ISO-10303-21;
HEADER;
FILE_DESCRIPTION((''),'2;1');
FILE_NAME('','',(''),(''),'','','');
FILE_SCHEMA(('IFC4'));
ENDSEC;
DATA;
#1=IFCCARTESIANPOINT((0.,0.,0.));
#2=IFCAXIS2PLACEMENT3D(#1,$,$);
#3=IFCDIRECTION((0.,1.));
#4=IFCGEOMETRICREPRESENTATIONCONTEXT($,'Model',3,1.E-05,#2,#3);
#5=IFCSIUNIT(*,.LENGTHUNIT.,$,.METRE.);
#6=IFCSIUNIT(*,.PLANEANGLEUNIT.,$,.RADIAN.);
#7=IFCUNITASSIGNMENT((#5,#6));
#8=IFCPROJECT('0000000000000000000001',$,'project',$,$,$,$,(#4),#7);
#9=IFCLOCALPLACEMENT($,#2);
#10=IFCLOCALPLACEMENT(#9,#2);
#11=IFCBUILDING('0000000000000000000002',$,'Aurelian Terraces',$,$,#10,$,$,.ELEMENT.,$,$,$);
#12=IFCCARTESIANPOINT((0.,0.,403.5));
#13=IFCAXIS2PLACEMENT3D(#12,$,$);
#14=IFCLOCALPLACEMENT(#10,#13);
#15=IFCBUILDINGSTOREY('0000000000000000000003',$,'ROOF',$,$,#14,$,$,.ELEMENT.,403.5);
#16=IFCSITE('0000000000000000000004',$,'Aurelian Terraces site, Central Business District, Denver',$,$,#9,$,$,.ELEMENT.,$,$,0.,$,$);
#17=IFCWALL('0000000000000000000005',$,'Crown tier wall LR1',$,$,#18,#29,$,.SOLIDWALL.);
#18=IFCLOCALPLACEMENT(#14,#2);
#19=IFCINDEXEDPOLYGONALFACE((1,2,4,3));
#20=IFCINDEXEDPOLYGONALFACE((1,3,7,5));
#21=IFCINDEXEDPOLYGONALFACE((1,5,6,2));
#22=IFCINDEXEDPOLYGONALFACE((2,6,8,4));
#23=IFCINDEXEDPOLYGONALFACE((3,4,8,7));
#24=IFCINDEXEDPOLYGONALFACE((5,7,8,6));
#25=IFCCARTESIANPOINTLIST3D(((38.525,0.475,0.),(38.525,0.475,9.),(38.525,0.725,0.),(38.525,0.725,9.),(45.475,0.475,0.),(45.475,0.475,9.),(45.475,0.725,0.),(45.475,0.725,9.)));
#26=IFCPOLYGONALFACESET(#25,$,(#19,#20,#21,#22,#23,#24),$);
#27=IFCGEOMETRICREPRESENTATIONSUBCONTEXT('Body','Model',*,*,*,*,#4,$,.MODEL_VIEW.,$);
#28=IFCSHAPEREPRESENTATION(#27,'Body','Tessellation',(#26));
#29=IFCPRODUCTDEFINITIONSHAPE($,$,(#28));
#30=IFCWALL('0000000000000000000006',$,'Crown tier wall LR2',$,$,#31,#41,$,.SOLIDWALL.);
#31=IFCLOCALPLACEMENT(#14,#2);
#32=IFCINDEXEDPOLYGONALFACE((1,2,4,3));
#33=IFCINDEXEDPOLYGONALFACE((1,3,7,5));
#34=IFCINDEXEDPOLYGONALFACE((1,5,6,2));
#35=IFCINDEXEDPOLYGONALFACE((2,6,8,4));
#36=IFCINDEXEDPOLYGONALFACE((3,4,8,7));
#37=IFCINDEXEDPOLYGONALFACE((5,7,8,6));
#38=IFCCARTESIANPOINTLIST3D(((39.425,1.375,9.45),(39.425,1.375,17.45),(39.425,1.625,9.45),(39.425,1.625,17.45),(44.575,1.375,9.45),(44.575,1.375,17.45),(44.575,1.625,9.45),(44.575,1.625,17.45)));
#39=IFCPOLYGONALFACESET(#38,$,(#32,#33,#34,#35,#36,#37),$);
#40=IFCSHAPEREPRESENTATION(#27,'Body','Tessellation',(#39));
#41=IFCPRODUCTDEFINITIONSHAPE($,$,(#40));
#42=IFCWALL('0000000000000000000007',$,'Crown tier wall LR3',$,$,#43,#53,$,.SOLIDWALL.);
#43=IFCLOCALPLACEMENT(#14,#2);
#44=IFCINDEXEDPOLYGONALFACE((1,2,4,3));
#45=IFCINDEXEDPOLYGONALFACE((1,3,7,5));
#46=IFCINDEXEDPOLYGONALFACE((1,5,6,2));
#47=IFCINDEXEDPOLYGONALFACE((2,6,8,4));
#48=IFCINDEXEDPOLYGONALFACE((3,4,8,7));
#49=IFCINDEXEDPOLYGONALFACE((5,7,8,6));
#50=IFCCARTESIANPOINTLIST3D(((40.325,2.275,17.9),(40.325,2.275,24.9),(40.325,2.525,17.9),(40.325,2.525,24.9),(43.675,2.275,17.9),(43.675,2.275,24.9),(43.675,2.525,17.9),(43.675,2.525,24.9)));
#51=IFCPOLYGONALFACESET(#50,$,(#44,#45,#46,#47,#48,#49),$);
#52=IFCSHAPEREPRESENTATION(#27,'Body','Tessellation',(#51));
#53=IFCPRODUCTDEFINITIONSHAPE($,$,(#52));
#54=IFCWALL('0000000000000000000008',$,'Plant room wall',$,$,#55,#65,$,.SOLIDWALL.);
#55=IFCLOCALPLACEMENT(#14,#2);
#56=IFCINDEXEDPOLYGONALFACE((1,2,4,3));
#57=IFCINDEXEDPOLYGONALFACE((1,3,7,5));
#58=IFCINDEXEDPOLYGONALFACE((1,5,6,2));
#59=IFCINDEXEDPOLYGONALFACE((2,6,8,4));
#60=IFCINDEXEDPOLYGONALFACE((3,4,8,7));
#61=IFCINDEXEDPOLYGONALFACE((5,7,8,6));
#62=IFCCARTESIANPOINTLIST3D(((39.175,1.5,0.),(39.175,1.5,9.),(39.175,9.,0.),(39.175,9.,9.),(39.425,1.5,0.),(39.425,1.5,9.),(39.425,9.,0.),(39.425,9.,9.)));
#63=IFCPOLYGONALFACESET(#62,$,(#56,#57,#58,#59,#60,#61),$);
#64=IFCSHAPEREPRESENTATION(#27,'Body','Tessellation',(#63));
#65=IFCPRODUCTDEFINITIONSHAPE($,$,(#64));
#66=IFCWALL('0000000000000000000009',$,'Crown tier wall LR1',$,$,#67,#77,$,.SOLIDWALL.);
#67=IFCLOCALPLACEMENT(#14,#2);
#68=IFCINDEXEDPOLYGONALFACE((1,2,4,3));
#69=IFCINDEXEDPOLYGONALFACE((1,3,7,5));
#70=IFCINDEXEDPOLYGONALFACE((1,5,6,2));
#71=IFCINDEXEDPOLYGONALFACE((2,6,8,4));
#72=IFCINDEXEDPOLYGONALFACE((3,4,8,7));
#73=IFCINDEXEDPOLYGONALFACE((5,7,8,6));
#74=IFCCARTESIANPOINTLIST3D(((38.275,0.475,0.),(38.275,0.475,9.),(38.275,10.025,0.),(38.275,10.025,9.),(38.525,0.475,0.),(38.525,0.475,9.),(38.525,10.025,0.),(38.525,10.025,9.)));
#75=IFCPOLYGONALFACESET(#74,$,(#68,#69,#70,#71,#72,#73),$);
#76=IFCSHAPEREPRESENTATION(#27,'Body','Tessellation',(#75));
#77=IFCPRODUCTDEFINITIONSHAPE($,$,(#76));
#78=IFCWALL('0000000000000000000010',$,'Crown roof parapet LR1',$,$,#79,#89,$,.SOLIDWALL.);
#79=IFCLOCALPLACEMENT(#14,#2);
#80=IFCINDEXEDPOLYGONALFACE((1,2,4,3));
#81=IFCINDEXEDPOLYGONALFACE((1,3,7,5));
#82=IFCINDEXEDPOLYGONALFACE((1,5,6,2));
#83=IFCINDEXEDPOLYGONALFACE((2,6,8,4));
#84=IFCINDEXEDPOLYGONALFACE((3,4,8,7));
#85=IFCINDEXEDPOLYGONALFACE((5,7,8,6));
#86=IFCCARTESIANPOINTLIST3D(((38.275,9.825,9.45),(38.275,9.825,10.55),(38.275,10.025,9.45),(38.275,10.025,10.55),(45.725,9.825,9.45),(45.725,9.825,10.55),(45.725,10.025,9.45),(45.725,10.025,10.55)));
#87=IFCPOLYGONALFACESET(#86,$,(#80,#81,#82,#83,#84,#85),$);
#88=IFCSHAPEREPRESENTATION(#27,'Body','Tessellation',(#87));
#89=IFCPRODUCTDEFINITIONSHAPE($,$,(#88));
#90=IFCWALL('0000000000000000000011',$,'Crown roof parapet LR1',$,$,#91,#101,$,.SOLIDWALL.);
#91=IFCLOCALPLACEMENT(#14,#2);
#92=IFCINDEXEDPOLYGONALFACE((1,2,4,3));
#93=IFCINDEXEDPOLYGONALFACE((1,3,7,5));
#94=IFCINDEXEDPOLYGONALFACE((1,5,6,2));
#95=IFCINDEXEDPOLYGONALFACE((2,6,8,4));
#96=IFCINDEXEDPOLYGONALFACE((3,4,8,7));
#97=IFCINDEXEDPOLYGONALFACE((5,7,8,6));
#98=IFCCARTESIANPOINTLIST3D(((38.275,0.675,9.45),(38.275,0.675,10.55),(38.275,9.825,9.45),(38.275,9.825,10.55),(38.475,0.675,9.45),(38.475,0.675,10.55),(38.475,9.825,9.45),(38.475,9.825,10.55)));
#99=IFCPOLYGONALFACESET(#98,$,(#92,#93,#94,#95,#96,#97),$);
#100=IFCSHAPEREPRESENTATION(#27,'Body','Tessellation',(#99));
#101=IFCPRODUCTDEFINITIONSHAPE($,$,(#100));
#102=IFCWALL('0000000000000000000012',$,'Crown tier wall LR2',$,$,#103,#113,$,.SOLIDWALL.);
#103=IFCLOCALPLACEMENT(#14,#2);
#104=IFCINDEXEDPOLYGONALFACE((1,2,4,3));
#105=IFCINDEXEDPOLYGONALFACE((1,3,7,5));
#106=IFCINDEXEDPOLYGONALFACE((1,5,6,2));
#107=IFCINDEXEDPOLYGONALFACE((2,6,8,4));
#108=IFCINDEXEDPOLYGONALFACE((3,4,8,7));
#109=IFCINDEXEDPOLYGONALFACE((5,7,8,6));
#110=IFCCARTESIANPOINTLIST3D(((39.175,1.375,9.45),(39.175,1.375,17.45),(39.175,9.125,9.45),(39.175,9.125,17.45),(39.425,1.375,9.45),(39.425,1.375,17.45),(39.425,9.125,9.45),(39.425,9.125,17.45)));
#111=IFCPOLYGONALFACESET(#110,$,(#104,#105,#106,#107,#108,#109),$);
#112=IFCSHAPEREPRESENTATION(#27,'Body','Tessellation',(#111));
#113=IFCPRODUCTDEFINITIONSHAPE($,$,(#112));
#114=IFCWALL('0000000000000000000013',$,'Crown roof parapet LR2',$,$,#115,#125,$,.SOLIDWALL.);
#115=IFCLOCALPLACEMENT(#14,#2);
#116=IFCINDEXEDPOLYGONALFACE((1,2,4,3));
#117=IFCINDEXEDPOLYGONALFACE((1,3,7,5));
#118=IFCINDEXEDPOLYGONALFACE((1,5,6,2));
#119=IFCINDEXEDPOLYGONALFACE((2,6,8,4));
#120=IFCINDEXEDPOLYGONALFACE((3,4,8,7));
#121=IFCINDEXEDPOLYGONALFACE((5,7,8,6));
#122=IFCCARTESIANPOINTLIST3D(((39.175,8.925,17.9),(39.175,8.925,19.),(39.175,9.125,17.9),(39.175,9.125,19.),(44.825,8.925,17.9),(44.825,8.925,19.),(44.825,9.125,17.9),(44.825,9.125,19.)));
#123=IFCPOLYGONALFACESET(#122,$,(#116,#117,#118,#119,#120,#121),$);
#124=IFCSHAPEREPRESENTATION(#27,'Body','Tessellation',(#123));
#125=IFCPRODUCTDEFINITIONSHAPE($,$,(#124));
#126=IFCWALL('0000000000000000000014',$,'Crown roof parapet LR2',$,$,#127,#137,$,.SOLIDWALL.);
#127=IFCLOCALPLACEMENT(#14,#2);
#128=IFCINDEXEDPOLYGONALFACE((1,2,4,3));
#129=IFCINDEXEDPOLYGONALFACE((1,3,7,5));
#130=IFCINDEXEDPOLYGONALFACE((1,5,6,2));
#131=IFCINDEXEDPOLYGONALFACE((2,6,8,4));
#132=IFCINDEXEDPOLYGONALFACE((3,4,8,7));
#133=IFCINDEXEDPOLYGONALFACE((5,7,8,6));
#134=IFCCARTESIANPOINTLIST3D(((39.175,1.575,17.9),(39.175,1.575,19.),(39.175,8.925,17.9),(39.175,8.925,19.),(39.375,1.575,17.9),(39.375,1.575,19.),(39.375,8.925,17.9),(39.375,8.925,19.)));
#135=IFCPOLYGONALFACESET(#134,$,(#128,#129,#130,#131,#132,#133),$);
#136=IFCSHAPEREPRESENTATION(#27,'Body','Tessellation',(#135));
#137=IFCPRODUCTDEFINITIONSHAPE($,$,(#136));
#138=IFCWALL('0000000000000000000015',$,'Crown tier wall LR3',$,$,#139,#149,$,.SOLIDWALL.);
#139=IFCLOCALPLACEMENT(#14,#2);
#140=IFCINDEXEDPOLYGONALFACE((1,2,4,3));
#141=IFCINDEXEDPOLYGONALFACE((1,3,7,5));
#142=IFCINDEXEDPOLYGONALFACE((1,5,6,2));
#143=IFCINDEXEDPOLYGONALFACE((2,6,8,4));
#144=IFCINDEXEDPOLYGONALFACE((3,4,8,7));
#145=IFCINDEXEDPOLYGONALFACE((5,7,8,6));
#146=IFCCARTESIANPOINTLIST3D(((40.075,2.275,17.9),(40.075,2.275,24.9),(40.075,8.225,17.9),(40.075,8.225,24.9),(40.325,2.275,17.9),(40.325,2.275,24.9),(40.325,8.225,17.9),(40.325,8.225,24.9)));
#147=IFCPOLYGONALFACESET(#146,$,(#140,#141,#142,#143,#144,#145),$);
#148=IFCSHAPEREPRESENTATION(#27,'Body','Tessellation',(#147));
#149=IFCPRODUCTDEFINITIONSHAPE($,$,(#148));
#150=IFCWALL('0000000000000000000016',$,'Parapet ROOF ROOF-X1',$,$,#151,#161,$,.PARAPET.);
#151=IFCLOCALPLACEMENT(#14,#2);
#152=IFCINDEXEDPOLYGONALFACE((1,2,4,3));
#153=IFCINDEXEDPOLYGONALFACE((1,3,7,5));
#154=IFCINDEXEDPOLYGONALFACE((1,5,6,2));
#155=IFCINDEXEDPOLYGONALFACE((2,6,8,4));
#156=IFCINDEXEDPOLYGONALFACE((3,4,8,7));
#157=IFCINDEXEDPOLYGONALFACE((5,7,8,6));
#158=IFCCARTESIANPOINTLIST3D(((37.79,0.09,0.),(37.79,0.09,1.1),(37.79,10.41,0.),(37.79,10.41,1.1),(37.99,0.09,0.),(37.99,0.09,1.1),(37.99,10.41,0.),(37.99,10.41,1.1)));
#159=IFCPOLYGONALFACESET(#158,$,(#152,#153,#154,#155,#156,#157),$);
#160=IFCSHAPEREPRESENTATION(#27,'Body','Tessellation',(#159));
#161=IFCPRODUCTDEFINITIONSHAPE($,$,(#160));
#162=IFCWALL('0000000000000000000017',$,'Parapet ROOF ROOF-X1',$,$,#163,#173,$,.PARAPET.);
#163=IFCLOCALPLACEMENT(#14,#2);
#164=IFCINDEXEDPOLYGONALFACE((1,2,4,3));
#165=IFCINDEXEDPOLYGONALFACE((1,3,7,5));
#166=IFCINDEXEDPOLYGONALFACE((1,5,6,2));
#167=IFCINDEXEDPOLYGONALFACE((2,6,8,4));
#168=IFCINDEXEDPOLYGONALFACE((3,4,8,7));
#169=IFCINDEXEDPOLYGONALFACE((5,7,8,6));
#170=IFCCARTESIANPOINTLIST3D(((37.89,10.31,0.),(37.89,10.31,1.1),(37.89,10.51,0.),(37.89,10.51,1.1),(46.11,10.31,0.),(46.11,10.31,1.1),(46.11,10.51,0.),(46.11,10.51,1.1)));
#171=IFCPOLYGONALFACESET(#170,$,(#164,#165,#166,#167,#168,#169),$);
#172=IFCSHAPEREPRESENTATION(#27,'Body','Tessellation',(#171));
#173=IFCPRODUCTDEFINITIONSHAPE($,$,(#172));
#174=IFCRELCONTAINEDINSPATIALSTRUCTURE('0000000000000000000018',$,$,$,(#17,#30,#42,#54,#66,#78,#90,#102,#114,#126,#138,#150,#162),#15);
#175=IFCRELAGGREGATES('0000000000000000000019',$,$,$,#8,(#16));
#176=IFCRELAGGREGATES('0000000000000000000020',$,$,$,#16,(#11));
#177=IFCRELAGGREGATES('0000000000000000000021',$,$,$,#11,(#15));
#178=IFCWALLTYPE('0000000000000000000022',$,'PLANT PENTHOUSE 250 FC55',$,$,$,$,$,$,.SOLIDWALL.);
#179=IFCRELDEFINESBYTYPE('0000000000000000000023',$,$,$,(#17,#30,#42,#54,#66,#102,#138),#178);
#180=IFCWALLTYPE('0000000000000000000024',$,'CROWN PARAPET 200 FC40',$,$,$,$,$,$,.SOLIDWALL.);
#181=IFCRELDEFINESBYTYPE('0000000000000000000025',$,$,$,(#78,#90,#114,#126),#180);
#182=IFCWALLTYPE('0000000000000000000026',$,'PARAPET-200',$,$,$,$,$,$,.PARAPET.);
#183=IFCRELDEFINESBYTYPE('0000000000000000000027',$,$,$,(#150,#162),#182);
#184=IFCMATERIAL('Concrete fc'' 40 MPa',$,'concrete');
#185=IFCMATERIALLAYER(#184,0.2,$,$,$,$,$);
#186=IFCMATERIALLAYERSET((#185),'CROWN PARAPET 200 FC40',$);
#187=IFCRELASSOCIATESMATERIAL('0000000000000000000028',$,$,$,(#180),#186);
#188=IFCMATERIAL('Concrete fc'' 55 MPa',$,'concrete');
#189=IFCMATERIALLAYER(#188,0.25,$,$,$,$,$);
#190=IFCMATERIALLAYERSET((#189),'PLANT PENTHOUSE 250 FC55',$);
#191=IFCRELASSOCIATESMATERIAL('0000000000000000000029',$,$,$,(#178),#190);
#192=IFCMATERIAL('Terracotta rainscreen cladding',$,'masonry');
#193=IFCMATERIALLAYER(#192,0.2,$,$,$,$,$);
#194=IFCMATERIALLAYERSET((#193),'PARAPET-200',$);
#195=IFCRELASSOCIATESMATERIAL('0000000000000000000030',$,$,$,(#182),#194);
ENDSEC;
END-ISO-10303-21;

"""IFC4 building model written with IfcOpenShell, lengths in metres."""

from ifc_helpers import new_model, si_unit, direction, frame, frame_2d, origin, place, context, subcontext, project, spatial, rectangle, extrude, source, transform, mapped, material, layer, layer_set, type_object, element, save


model = new_model("IFC4")

# Units and contexts
model_context = context("Model", 3, precision=1e-05, world=origin(), true_north=direction((0.0, 1.0)))
body_context = subcontext(model_context, "Body", "Model", "MODEL_VIEW")
ifc_project = project(units=[si_unit("LENGTHUNIT", "METRE"), si_unit("PLANEANGLEUNIT", "RADIAN")], contexts=[model_context])

# Site, building, storey
site_placement = place(None, origin())
site = spatial("IfcSite", under=ifc_project, at=site_placement, Name="Aurelian Terraces site, Central Business District, Denver", CompositionType="ELEMENT", RefElevation=0.0)
building_placement = place(site_placement, origin())
building = spatial("IfcBuilding", under=site, at=building_placement, Name="Aurelian Terraces", CompositionType="ELEMENT")
storey_placement = place(building_placement, frame((0.0, 0.0, 403.5)))
storey = spatial("IfcBuildingStorey", under=building, at=storey_placement, Name="ROOF", CompositionType="ELEMENT", Elevation=403.5)

# Shared definitions
ifc_material_1 = material(Name="Concrete fc' 40 MPa", Category="concrete")

# Walls
ifc_layer_1 = layer(ifc_material_1, 0.2)
ifc_layer_set_1 = layer_set([ifc_layer_1], Name="CROWN PARAPET 200 FC40")
wall_type_1 = type_object("IfcWallType", Name="CROWN PARAPET 200 FC40", PredefinedType="SOLIDWALL", material=ifc_layer_set_1)
ifc_material_2 = material(Name="Concrete fc' 55 MPa", Category="concrete")
ifc_layer_2 = layer(ifc_material_2, 0.25)
ifc_layer_set_2 = layer_set([ifc_layer_2], Name="PLANT PENTHOUSE 250 FC55")
wall_type_2 = type_object("IfcWallType", Name="PLANT PENTHOUSE 250 FC55", PredefinedType="SOLIDWALL", material=ifc_layer_set_2)
wall_1_placement = place(storey_placement, frame((38.525, 0.6, 0.0), z_axis=(0.0, 0.0, 1.0), x_axis=(1.0, 0.0, 0.0)))
element("IfcWall", 1, at=wall_1_placement, inside=storey, type_object=wall_type_2, Name="Crown tier wall LR1", PredefinedType="SOLIDWALL", context=body_context, shape_type="SweptSolid", body=[
    extrude(rectangle(XDim=6.95, YDim=0.25, at=frame_2d((3.475, 0.0))), origin(), (0.0, 0.0, 1.0), 9.0),
])
wall_2_placement = place(storey_placement, frame((39.425, 1.5, 9.45), z_axis=(0.0, 0.0, 1.0), x_axis=(1.0, 0.0, 0.0)))
element("IfcWall", 2, at=wall_2_placement, inside=storey, type_object=wall_type_2, Name="Crown tier wall LR2", PredefinedType="SOLIDWALL", context=body_context, shape_type="SweptSolid", body=[
    extrude(rectangle(XDim=5.15, YDim=0.25, at=frame_2d((2.575, 0.0))), origin(), (0.0, 0.0, 1.0), 8.0),
])
wall_3_placement = place(storey_placement, frame((40.325, 2.4, 17.9), z_axis=(0.0, 0.0, 1.0), x_axis=(1.0, 0.0, 0.0)))
element("IfcWall", 3, at=wall_3_placement, inside=storey, type_object=wall_type_2, Name="Crown tier wall LR3", PredefinedType="SOLIDWALL", context=body_context, shape_type="SweptSolid", body=[
    extrude(rectangle(XDim=3.35, YDim=0.25, at=frame_2d((1.675, 0.0))), origin(), (0.0, 0.0, 1.0), 7.0),
])
shared_shape_1 = source(origin(), body_context, "Body", "SweptSolid", [
    extrude(rectangle(XDim=7.5, YDim=0.25, at=frame_2d((3.75, 0.0))), origin(), (0.0, 0.0, 1.0), 9.0),
])
wall_4_placement = place(storey_placement, frame((39.3, 9.0, 0.0), z_axis=(0.0, 0.0, 1.0), x_axis=(0.0, -1.0, 0.0)))
element("IfcWall", 4, at=wall_4_placement, inside=storey, type_object=wall_type_2, Name="Plant room wall", PredefinedType="SOLIDWALL", context=body_context, shape_type="MappedRepresentation", body=[
    mapped(shared_shape_1, transform((0.0, 0.0, 0.0), scale=1.0)),
])
shared_shape_2 = source(origin(), body_context, "Body", "SweptSolid", [
    extrude(rectangle(XDim=9.55, YDim=0.25, at=frame_2d((4.775, 0.0))), origin(), (0.0, 0.0, 1.0), 9.0),
])
wall_5_placement = place(storey_placement, frame((38.4, 10.025, 0.0), z_axis=(0.0, 0.0, 1.0), x_axis=(0.0, -1.0, 0.0)))
element("IfcWall", 5, at=wall_5_placement, inside=storey, type_object=wall_type_2, Name="Crown tier wall LR1", PredefinedType="SOLIDWALL", context=body_context, shape_type="MappedRepresentation", body=[
    mapped(shared_shape_2, transform((0.0, 0.0, 0.0), scale=1.0)),
])
shared_shape_3 = source(origin(), body_context, "Body", "SweptSolid", [
    extrude(rectangle(XDim=7.45, YDim=0.2, at=frame_2d((3.725, 0.0))), origin(), (0.0, 0.0, 1.0), 1.1),
])
wall_6_placement = place(storey_placement, frame((38.275, 9.925, 9.45), z_axis=(0.0, 0.0, 1.0), x_axis=(1.0, 0.0, 0.0)))
element("IfcWall", 6, at=wall_6_placement, inside=storey, type_object=wall_type_1, Name="Crown roof parapet LR1", PredefinedType="SOLIDWALL", context=body_context, shape_type="MappedRepresentation", body=[
    mapped(shared_shape_3, transform((0.0, 0.0, 0.0), scale=1.0)),
])
shared_shape_4 = source(origin(), body_context, "Body", "SweptSolid", [
    extrude(rectangle(XDim=9.15, YDim=0.2, at=frame_2d((4.575, 0.0))), origin(), (0.0, 0.0, 1.0), 1.1),
])
wall_7_placement = place(storey_placement, frame((38.375, 0.675, 9.45), z_axis=(0.0, 0.0, 1.0), x_axis=(0.0, 1.0, 0.0)))
element("IfcWall", 7, at=wall_7_placement, inside=storey, type_object=wall_type_1, Name="Crown roof parapet LR1", PredefinedType="SOLIDWALL", context=body_context, shape_type="MappedRepresentation", body=[
    mapped(shared_shape_4, transform((0.0, 0.0, 0.0), scale=1.0)),
])
shared_shape_5 = source(origin(), body_context, "Body", "SweptSolid", [
    extrude(rectangle(XDim=7.75, YDim=0.25, at=frame_2d((3.875, 0.0))), origin(), (0.0, 0.0, 1.0), 8.0),
])
wall_8_placement = place(storey_placement, frame((39.3, 9.125, 9.45), z_axis=(0.0, 0.0, 1.0), x_axis=(0.0, -1.0, 0.0)))
element("IfcWall", 8, at=wall_8_placement, inside=storey, type_object=wall_type_2, Name="Crown tier wall LR2", PredefinedType="SOLIDWALL", context=body_context, shape_type="MappedRepresentation", body=[
    mapped(shared_shape_5, transform((0.0, 0.0, 0.0), scale=1.0)),
])
shared_shape_6 = source(origin(), body_context, "Body", "SweptSolid", [
    extrude(rectangle(XDim=5.65, YDim=0.2, at=frame_2d((2.825, 0.0))), origin(), (0.0, 0.0, 1.0), 1.1),
])
wall_9_placement = place(storey_placement, frame((39.175, 9.025, 17.9), z_axis=(0.0, 0.0, 1.0), x_axis=(1.0, 0.0, 0.0)))
element("IfcWall", 9, at=wall_9_placement, inside=storey, type_object=wall_type_1, Name="Crown roof parapet LR2", PredefinedType="SOLIDWALL", context=body_context, shape_type="MappedRepresentation", body=[
    mapped(shared_shape_6, transform((0.0, 0.0, 0.0), scale=1.0)),
])
shared_shape_7 = source(origin(), body_context, "Body", "SweptSolid", [
    extrude(rectangle(XDim=7.35, YDim=0.2, at=frame_2d((3.675, 0.0))), origin(), (0.0, 0.0, 1.0), 1.1),
])
wall_10_placement = place(storey_placement, frame((39.275, 1.575, 17.9), z_axis=(0.0, 0.0, 1.0), x_axis=(0.0, 1.0, 0.0)))
element("IfcWall", 10, at=wall_10_placement, inside=storey, type_object=wall_type_1, Name="Crown roof parapet LR2", PredefinedType="SOLIDWALL", context=body_context, shape_type="MappedRepresentation", body=[
    mapped(shared_shape_7, transform((0.0, 0.0, 0.0), scale=1.0)),
])
shared_shape_8 = source(origin(), body_context, "Body", "SweptSolid", [
    extrude(rectangle(XDim=5.95, YDim=0.25, at=frame_2d((2.975, 0.0))), origin(), (0.0, 0.0, 1.0), 7.0),
])
wall_11_placement = place(storey_placement, frame((40.2, 8.225, 17.9), z_axis=(0.0, 0.0, 1.0), x_axis=(0.0, -1.0, 0.0)))
element("IfcWall", 11, at=wall_11_placement, inside=storey, type_object=wall_type_2, Name="Crown tier wall LR3", PredefinedType="SOLIDWALL", context=body_context, shape_type="MappedRepresentation", body=[
    mapped(shared_shape_8, transform((0.0, 0.0, 0.0), scale=1.0)),
])
ifc_material_3 = material(Name="Terracotta rainscreen cladding", Category="masonry")
ifc_layer_3 = layer(ifc_material_3, 0.2)
ifc_layer_set_3 = layer_set([ifc_layer_3], Name="PARAPET-200")
wall_type_3 = type_object("IfcWallType", Name="PARAPET-200", PredefinedType="PARAPET", material=ifc_layer_set_3)
shared_shape_9 = source(origin(), body_context, "Body", "SweptSolid", [
    extrude(rectangle(XDim=10.32, YDim=0.2, at=frame_2d((5.16, 0.0))), origin(), (0.0, 0.0, 1.0), 1.1),
])
wall_12_placement = place(storey_placement, frame((37.89, 0.09, 0.0), z_axis=(0.0, 0.0, 1.0), x_axis=(0.0, 1.0, 0.0)))
element("IfcWall", 12, at=wall_12_placement, inside=storey, type_object=wall_type_3, Name="Parapet ROOF ROOF-X1", PredefinedType="PARAPET", context=body_context, shape_type="MappedRepresentation", body=[
    mapped(shared_shape_9, transform((0.0, 0.0, 0.0), scale=1.0)),
])
shared_shape_10 = source(origin(), body_context, "Body", "SweptSolid", [
    extrude(rectangle(XDim=8.22, YDim=0.2, at=frame_2d((4.11, 0.0))), origin(), (0.0, 0.0, 1.0), 1.1),
])
wall_13_placement = place(storey_placement, frame((37.89, 10.41, 0.0), z_axis=(0.0, 0.0, 1.0), x_axis=(1.0, 0.0, 0.0)))
element("IfcWall", 13, at=wall_13_placement, inside=storey, type_object=wall_type_3, Name="Parapet ROOF ROOF-X1", PredefinedType="PARAPET", context=body_context, shape_type="MappedRepresentation", body=[
    mapped(shared_shape_10, transform((0.0, 0.0, 0.0), scale=1.0)),
])

save(model, "model.ifc")
